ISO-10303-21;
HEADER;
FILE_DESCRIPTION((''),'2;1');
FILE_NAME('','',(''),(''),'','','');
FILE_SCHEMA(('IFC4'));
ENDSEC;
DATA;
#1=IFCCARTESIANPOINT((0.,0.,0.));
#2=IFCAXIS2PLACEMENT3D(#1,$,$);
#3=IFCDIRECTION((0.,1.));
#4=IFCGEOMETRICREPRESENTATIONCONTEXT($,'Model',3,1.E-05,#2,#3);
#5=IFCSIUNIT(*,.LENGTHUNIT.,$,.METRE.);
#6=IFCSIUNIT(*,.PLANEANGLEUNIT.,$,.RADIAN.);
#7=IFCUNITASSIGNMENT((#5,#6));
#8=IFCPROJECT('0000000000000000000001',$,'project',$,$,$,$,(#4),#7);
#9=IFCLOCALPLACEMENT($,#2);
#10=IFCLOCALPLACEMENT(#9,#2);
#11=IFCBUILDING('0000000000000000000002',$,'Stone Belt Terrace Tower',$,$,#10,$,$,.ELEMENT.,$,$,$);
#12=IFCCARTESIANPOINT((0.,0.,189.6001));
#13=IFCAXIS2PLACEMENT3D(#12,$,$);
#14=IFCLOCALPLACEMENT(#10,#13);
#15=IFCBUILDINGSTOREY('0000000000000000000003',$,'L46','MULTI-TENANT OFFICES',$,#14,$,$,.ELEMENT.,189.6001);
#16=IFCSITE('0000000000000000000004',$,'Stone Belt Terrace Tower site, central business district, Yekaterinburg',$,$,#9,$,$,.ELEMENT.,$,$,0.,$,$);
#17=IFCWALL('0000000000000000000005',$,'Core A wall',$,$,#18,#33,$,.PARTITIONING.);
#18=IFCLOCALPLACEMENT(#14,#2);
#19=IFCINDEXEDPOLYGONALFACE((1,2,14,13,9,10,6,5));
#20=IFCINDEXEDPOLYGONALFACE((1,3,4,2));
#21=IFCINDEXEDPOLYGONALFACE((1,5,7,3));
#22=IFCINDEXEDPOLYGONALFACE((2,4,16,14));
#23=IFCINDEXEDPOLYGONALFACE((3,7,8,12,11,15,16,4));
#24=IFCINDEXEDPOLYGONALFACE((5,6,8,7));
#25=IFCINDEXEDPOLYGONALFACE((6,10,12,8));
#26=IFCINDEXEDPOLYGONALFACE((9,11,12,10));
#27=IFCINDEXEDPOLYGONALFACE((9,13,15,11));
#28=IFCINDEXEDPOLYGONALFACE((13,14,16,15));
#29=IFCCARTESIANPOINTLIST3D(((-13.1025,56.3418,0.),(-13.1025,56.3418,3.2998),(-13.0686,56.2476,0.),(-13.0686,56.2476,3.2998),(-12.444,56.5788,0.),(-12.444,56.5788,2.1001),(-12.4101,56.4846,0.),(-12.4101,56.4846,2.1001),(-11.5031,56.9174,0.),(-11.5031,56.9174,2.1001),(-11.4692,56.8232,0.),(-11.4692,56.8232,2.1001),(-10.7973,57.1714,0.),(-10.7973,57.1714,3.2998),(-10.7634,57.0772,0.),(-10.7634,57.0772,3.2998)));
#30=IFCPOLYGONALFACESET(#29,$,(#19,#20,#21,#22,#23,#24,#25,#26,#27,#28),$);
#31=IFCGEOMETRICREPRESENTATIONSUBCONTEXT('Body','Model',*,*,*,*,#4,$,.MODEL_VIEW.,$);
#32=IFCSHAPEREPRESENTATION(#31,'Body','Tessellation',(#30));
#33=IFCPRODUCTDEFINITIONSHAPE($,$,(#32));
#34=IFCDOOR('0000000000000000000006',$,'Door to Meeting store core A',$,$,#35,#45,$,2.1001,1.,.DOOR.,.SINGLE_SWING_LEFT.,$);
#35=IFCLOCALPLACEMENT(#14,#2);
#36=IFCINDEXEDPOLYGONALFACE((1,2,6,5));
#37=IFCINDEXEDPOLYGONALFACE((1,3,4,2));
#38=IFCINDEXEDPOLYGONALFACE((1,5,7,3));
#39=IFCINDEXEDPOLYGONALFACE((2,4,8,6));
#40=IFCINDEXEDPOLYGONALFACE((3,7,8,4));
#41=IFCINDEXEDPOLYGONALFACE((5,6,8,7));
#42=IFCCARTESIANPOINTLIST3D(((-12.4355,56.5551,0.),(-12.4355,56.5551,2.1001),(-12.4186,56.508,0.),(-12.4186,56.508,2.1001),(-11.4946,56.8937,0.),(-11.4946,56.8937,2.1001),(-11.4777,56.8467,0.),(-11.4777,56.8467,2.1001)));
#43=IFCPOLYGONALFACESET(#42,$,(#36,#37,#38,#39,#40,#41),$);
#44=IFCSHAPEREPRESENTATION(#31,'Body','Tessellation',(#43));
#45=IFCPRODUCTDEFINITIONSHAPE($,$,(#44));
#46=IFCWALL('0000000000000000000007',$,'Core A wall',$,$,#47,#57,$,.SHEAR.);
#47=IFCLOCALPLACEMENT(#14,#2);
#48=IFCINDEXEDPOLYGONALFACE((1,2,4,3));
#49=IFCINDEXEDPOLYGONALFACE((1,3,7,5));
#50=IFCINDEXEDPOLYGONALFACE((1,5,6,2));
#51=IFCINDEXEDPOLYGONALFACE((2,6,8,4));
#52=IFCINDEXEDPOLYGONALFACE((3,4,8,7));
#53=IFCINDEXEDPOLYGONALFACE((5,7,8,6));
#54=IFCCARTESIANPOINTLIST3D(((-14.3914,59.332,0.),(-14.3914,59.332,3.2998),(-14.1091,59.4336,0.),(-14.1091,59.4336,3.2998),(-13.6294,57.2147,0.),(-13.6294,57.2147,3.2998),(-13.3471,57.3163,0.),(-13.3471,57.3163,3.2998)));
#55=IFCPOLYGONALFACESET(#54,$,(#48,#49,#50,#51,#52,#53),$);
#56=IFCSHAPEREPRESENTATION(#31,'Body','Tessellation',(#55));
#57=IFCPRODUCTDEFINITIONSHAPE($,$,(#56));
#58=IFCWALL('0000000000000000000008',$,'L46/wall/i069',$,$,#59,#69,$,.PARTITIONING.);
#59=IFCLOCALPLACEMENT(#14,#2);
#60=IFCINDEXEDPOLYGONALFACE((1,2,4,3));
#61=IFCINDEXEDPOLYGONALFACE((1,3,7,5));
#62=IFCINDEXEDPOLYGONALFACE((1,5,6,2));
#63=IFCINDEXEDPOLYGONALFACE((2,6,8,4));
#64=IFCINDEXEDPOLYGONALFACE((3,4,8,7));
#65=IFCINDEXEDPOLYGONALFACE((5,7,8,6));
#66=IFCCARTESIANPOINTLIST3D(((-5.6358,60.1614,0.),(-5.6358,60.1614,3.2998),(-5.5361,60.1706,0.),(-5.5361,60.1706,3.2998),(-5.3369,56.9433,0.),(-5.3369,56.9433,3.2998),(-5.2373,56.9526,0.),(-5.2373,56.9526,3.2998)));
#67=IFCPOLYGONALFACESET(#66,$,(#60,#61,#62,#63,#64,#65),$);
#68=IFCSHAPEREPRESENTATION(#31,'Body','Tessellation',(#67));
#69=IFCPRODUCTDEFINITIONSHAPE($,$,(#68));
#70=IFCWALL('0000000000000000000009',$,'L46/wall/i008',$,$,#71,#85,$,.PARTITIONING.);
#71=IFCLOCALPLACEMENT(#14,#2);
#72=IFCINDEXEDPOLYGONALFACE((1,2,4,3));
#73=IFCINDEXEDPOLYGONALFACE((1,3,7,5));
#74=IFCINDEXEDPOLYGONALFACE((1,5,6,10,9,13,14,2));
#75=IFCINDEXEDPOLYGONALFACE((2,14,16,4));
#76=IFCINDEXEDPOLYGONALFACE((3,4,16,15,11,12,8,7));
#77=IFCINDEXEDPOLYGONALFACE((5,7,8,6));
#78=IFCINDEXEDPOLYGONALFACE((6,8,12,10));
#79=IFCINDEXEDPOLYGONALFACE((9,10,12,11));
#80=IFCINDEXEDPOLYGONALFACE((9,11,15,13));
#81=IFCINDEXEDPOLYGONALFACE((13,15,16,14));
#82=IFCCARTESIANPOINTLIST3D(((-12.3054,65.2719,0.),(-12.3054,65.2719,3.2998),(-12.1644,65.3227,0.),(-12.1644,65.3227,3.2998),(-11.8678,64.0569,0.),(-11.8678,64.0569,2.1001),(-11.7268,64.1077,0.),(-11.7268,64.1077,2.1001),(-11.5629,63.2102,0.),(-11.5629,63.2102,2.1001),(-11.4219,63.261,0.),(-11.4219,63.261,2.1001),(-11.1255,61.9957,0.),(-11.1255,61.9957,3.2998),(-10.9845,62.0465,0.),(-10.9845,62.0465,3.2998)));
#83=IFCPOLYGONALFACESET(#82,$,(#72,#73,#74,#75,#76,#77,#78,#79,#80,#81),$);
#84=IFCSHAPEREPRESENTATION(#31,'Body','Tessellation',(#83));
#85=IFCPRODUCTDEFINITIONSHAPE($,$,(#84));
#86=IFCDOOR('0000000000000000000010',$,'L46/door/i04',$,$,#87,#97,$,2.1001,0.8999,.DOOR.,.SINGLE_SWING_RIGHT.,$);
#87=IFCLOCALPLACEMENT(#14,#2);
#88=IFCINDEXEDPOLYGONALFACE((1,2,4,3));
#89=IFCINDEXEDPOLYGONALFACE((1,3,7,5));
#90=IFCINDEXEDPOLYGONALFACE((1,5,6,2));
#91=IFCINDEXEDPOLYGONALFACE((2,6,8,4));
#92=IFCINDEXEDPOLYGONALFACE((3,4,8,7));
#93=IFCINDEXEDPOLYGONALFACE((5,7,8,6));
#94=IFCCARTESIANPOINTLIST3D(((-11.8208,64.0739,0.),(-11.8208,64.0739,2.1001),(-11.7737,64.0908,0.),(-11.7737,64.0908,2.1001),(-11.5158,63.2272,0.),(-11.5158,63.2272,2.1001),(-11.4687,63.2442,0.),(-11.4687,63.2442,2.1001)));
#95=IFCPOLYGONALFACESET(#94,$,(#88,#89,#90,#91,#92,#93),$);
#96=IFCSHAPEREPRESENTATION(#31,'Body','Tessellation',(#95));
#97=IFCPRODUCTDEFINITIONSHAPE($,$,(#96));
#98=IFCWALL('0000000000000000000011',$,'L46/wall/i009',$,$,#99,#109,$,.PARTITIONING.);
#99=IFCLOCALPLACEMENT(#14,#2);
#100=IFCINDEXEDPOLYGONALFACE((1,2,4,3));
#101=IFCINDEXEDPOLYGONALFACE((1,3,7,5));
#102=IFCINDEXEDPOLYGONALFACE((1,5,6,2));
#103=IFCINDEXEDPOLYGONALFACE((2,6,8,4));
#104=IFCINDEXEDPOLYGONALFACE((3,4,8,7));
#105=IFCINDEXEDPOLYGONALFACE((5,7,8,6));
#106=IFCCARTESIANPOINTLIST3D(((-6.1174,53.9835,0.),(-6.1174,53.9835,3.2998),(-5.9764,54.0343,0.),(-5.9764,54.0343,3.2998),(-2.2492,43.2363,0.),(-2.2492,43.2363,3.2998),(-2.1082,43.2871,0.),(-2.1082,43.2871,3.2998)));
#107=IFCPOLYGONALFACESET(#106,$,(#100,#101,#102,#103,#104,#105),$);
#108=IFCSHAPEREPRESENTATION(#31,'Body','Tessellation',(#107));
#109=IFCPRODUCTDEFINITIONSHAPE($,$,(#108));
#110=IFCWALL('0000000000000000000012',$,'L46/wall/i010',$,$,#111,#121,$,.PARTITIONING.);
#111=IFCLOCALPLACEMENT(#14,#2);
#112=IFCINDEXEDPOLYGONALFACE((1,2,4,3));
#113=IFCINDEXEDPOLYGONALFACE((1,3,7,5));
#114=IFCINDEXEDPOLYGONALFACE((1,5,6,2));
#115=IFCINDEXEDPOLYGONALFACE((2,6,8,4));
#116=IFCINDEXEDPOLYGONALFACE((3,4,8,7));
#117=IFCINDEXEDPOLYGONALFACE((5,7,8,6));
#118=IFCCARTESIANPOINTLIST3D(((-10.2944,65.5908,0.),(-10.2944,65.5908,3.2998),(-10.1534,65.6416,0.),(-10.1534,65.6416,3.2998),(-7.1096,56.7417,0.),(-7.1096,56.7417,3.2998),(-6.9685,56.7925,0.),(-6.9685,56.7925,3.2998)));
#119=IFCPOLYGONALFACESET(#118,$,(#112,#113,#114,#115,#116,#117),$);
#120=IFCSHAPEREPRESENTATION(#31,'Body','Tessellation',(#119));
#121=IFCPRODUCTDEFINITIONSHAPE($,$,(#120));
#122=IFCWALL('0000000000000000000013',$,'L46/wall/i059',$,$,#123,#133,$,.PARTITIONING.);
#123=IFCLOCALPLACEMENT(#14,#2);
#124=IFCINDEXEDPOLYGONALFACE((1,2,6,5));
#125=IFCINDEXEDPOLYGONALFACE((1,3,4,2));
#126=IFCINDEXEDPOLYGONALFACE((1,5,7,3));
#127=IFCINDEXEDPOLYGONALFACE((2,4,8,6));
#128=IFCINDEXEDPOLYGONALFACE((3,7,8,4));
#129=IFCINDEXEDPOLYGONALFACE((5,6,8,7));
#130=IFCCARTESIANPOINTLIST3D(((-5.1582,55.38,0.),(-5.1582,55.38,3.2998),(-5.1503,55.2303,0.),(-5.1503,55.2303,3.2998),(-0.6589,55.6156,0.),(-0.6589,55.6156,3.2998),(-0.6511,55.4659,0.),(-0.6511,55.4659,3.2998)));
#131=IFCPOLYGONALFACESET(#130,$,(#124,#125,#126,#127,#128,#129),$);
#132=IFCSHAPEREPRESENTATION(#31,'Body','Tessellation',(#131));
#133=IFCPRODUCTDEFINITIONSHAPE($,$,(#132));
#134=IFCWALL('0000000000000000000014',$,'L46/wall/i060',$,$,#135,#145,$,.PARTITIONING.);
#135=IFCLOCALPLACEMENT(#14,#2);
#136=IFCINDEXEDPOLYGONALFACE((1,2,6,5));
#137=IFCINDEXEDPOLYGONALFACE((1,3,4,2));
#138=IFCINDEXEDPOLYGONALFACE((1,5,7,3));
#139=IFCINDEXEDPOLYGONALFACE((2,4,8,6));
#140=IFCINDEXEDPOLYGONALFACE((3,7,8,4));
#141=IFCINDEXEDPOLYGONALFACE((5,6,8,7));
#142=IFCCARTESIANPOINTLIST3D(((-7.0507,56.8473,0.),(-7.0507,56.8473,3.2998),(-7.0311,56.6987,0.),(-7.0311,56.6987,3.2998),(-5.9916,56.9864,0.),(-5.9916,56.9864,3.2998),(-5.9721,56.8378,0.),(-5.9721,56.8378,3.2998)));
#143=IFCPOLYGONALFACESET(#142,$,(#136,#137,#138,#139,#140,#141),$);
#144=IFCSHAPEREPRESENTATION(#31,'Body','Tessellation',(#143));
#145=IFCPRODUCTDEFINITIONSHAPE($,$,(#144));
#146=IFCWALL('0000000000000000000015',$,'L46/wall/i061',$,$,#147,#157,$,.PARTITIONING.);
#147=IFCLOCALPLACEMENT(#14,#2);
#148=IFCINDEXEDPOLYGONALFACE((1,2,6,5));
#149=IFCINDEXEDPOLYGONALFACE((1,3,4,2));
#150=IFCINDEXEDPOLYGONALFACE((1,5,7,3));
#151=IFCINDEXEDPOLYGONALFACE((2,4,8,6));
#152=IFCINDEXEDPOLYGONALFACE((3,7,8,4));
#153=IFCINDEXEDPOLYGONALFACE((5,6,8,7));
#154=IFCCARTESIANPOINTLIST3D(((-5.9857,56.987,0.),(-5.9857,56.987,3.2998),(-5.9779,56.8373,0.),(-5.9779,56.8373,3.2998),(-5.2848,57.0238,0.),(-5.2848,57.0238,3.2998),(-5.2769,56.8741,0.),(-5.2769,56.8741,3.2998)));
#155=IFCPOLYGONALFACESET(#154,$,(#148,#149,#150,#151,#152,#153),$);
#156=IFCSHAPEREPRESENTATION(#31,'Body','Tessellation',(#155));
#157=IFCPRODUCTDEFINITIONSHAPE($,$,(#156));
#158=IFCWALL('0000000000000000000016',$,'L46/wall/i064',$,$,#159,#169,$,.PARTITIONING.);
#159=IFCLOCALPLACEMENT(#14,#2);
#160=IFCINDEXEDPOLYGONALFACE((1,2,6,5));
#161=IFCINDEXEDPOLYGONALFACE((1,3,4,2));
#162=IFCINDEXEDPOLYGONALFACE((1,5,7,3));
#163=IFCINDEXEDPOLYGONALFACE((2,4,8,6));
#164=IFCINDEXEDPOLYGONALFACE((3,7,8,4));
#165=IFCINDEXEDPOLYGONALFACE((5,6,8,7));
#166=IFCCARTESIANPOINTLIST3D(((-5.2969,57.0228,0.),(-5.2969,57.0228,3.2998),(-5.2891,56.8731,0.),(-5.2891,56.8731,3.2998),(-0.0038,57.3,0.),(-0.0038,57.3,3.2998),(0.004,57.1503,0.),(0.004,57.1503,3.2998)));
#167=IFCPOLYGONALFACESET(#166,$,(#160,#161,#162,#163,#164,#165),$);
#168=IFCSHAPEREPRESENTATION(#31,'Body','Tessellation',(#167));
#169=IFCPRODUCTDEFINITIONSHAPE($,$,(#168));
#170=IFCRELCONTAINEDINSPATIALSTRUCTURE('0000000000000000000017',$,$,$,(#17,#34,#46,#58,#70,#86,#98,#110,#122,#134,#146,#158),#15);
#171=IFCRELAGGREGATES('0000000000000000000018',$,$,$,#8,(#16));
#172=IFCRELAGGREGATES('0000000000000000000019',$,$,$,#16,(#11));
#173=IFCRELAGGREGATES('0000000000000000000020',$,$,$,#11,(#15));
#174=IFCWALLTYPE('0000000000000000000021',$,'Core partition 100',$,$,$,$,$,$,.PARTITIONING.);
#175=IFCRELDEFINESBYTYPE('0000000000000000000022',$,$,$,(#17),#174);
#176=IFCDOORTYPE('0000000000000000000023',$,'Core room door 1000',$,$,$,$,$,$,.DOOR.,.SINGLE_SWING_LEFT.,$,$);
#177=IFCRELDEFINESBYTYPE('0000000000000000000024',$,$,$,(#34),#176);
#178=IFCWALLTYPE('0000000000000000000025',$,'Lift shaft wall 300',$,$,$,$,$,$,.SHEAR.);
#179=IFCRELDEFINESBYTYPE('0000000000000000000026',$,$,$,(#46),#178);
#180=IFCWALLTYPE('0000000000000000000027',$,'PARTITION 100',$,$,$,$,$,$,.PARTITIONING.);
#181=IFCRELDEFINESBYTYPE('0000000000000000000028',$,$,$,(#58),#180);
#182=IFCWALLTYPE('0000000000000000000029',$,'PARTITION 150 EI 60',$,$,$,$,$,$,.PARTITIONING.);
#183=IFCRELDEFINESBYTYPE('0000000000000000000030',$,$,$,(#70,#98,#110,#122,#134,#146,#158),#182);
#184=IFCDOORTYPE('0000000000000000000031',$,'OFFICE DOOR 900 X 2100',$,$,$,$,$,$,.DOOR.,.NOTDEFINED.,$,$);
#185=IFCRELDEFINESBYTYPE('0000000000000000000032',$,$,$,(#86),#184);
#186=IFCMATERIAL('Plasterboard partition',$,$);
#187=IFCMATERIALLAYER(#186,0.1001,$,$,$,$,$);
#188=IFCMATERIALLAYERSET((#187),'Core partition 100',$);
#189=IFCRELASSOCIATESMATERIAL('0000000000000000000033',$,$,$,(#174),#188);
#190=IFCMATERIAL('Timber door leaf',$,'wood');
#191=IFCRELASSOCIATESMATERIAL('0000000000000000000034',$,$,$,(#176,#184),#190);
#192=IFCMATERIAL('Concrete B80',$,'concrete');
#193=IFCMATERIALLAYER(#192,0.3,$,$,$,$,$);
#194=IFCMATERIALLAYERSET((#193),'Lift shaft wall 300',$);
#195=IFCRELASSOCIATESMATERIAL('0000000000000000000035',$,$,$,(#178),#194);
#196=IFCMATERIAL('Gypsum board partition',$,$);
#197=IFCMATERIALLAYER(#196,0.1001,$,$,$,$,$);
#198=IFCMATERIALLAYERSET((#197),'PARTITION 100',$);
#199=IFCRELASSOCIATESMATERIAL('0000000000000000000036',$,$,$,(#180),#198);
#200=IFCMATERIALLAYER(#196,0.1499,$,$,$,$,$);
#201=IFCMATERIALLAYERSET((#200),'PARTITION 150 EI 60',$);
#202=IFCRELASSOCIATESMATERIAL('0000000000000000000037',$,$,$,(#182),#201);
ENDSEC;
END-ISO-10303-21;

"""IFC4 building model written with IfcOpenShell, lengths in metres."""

from ifc_helpers import new_model, si_unit, direction, frame, frame_2d, origin, place, context, subcontext, project, spatial, rectangle, extrude, material, layer, layer_set, type_object, element, fill, save


model = new_model("IFC4")

# Units and contexts
model_context = context("Model", 3, precision=1e-05, world=origin(), true_north=direction((0.0, 1.0)))
body_context = subcontext(model_context, "Body", "Model", "MODEL_VIEW")
ifc_project = project(units=[si_unit("LENGTHUNIT", "METRE"), si_unit("PLANEANGLEUNIT", "RADIAN")], contexts=[model_context])

# Site, building, storey
site_placement = place(None, origin())
site = spatial("IfcSite", under=ifc_project, at=site_placement, Name="Stone Belt Terrace Tower site, central business district, Yekaterinburg", CompositionType="ELEMENT", RefElevation=0.0)
building_placement = place(site_placement, origin())
building = spatial("IfcBuilding", under=site, at=building_placement, Name="Stone Belt Terrace Tower", CompositionType="ELEMENT")
storey_placement = place(building_placement, frame((0.0, 0.0, 189.6001)))
storey = spatial("IfcBuildingStorey", under=building, at=storey_placement, Name="L46", Description="MULTI-TENANT OFFICES", CompositionType="ELEMENT", Elevation=189.6001)

# Shared definitions
ifc_material_1 = material(Name="Concrete B80", Category="concrete")

# Shared definitions
ifc_material_2 = material(Name="Plasterboard partition")
ifc_layer_1 = layer(ifc_material_2, 0.1001)
ifc_layer_set_1 = layer_set([ifc_layer_1], Name="Core partition 100")
wall_type_1 = type_object("IfcWallType", Name="Core partition 100", PredefinedType="PARTITIONING", material=ifc_layer_set_1)

# Wall, opening, door
wall_1_placement = place(storey_placement, frame((-13.0857, 56.2947, 0.0), z_axis=(0.0, 0.0, 1.0), x_axis=(0.940923, 0.338621, 0.0)))
wall_1 = element("IfcWall", 1, at=wall_1_placement, inside=storey, type_object=wall_type_1, Name="Core A wall", PredefinedType="PARTITIONING", context=body_context, shape_type="SweptSolid", body=[
    extrude(rectangle(XDim=2.45, YDim=0.1001, at=frame_2d((1.2251, 0.0))), origin(), (0.0, 0.0, 1.0), 3.2998),
])
opening_1_placement = place(wall_1_placement, frame((0.7, 0.0, 0.0)))
opening_1 = element("IfcOpeningElement", 2, at=opening_1_placement, cuts=wall_1, PredefinedType="OPENING", context=body_context, shape_type="SweptSolid", body=[
    extrude(rectangle(XDim=1.0, YDim=2.1001, at=frame_2d((0.5, 1.05))), frame((0.0, 0.0601, 0.0), z_axis=(0.0, -1.0, 0.0), x_axis=(1.0, 0.0, 0.0)), (0.0, 0.0, 1.0), 0.1201),
])
ifc_material_3 = material(Name="Timber door leaf", Category="wood")
door_type_1 = type_object("IfcDoorType", Name="Core room door 1000", OperationType="SINGLE_SWING_LEFT", PredefinedType="DOOR", material=ifc_material_3)
door_1_placement = place(opening_1_placement, origin())
door_1 = element("IfcDoor", 3, at=door_1_placement, inside=storey, type_object=door_type_1, Name="Door to Meeting store core A", OperationType="SINGLE_SWING_LEFT", OverallHeight=2.1001, OverallWidth=1.0, PredefinedType="DOOR", context=body_context, shape_type="SweptSolid", body=[
    extrude(rectangle(XDim=1.0, YDim=2.1001, at=frame_2d((0.5, 1.05))), frame((0.0, 0.0249, 0.0), z_axis=(0.0, -1.0, 0.0), x_axis=(1.0, 0.0, 0.0)), (0.0, 0.0, 1.0), 0.05),
])
fill(opening_1, door_1)

# Walls
ifc_layer_2 = layer(ifc_material_1, 0.3)
ifc_layer_set_2 = layer_set([ifc_layer_2], Name="Lift shaft wall 300")
wall_type_2 = type_object("IfcWallType", Name="Lift shaft wall 300", PredefinedType="SHEAR", material=ifc_layer_set_2)
wall_2_placement = place(storey_placement, frame((-13.4883, 57.2656, 0.0), z_axis=(0.0, 0.0, 1.0), x_axis=(-0.338631, 0.940919, 0.0)))
element("IfcWall", 4, at=wall_2_placement, inside=storey, type_object=wall_type_2, Name="Core A wall", PredefinedType="SHEAR", context=body_context, shape_type="SweptSolid", body=[
    extrude(rectangle(XDim=2.2502, YDim=0.3, at=frame_2d((1.125, 0.0))), origin(), (0.0, 0.0, 1.0), 3.2998),
])
ifc_material_4 = material(Name="Gypsum board partition")
ifc_layer_3 = layer(ifc_material_4, 0.1001)
ifc_layer_set_3 = layer_set([ifc_layer_3], Name="PARTITION 100")
wall_type_3 = type_object("IfcWallType", Name="PARTITION 100", PredefinedType="PARTITIONING", material=ifc_layer_set_3)
wall_3_placement = place(storey_placement, frame((-5.5859, 60.166, 0.0), z_axis=(0.0, 0.0, 1.0), x_axis=(0.092463, -0.995716, 0.0)))
element("IfcWall", 5, at=wall_3_placement, inside=storey, type_object=wall_type_3, Name="L46/wall/i069", PredefinedType="PARTITIONING", context=body_context, shape_type="SweptSolid", body=[
    extrude(rectangle(XDim=3.2319, YDim=0.1001, at=frame_2d((1.616, 0.0))), origin(), (0.0, 0.0, 1.0), 3.2998),
])

# Wall, opening, door
ifc_layer_4 = layer(ifc_material_4, 0.1499)
ifc_layer_set_4 = layer_set([ifc_layer_4], Name="PARTITION 150 EI 60")
wall_type_4 = type_object("IfcWallType", Name="PARTITION 150 EI 60", PredefinedType="PARTITIONING", material=ifc_layer_set_4)
wall_4_placement = place(storey_placement, frame((-11.0549, 62.021, 0.0), z_axis=(0.0, 0.0, 1.0), x_axis=(-0.338854, 0.940839, 0.0)))
wall_4 = element("IfcWall", 6, at=wall_4_placement, inside=storey, type_object=wall_type_4, Name="L46/wall/i008", PredefinedType="PARTITIONING", context=body_context, shape_type="SweptSolid", body=[
    extrude(rectangle(XDim=3.4822, YDim=0.1499, at=frame_2d((1.7412, 0.0))), origin(), (0.0, 0.0, 1.0), 3.2998),
])
opening_2_placement = place(wall_4_placement, frame((1.291, 0.0, 0.0)))
opening_2 = element("IfcOpeningElement", 7, at=opening_2_placement, cuts=wall_4, PredefinedType="OPENING", context=body_context, shape_type="SweptSolid", body=[
    extrude(rectangle(XDim=0.8999, YDim=2.1001, at=frame_2d((0.45, 1.05))), frame((0.0, 0.085, 0.0), z_axis=(0.0, -1.0, 0.0), x_axis=(1.0, 0.0, 0.0)), (0.0, 0.0, 1.0), 0.1699),
])
door_type_2 = type_object("IfcDoorType", Name="OFFICE DOOR 900 X 2100", OperationType="NOTDEFINED", PredefinedType="DOOR", material=ifc_material_3)
door_2_placement = place(opening_2_placement, origin())
door_2 = element("IfcDoor", 8, at=door_2_placement, inside=storey, type_object=door_type_2, Name="L46/door/i04", OperationType="SINGLE_SWING_RIGHT", OverallHeight=2.1001, OverallWidth=0.8999, PredefinedType="DOOR", context=body_context, shape_type="SweptSolid", body=[
    extrude(rectangle(XDim=0.8999, YDim=2.1001, at=frame_2d((0.45, 1.05))), frame((0.0, 0.0249, 0.0), z_axis=(0.0, -1.0, 0.0), x_axis=(1.0, 0.0, 0.0)), (0.0, 0.0, 1.0), 0.05),
])
fill(opening_2, door_2)

# Walls
wall_5_placement = place(storey_placement, frame((-6.0469, 54.0088, 0.0), z_axis=(0.0, 0.0, 1.0), x_axis=(0.338659, -0.940909, 0.0)))
element("IfcWall", 9, at=wall_5_placement, inside=storey, type_object=wall_type_4, Name="L46/wall/i009", PredefinedType="PARTITIONING", context=body_context, shape_type="SweptSolid", body=[
    extrude(rectangle(XDim=11.4221, YDim=0.1499, at=frame_2d((5.7109, 0.0))), origin(), (0.0, 0.0, 1.0), 3.2998),
])
wall_6_placement = place(storey_placement, frame((-10.2239, 65.6162, 0.0), z_axis=(0.0, 0.0, 1.0), x_axis=(0.338638, -0.940917, 0.0)))
element("IfcWall", 10, at=wall_6_placement, inside=storey, type_object=wall_type_4, Name="L46/wall/i010", PredefinedType="PARTITIONING", context=body_context, shape_type="SweptSolid", body=[
    extrude(rectangle(XDim=9.4048, YDim=0.1499, at=frame_2d((4.7024, 0.0))), origin(), (0.0, 0.0, 1.0), 3.2998),
])
wall_7_placement = place(storey_placement, frame((-0.655, 55.5408, 0.0), z_axis=(0.0, 0.0, 1.0), x_axis=(-0.998632, -0.052291, 0.0)))
element("IfcWall", 11, at=wall_7_placement, inside=storey, type_object=wall_type_4, Name="L46/wall/i059", PredefinedType="PARTITIONING", context=body_context, shape_type="SweptSolid", body=[
    extrude(rectangle(XDim=4.5054, YDim=0.1499, at=frame_2d((2.2527, 0.0))), origin(), (0.0, 0.0, 1.0), 3.2998),
])
wall_8_placement = place(storey_placement, frame((-7.041, 56.7729, 0.0), z_axis=(0.0, 0.0, 1.0), x_axis=(0.991478, 0.130277, 0.0)))
element("IfcWall", 12, at=wall_8_placement, inside=storey, type_object=wall_type_4, Name="L46/wall/i060", PredefinedType="PARTITIONING", context=body_context, shape_type="SweptSolid", body=[
    extrude(rectangle(XDim=1.0681, YDim=0.1499, at=frame_2d((0.5342, 0.0))), origin(), (0.0, 0.0, 1.0), 3.2998),
])
wall_9_placement = place(storey_placement, frame((-5.9819, 56.9121, 0.0), z_axis=(0.0, 0.0, 1.0), x_axis=(0.99862, 0.052522, 0.0)))
element("IfcWall", 13, at=wall_9_placement, inside=storey, type_object=wall_type_4, Name="L46/wall/i061", PredefinedType="PARTITIONING", context=body_context, shape_type="SweptSolid", body=[
    extrude(rectangle(XDim=0.7019, YDim=0.1499, at=frame_2d((0.3511, 0.0))), origin(), (0.0, 0.0, 1.0), 3.2998),
])
wall_10_placement = place(storey_placement, frame((-5.293, 56.948, 0.0), z_axis=(0.0, 0.0, 1.0), x_axis=(0.998632, 0.052281, 0.0)))
element("IfcWall", 14, at=wall_10_placement, inside=storey, type_object=wall_type_4, Name="L46/wall/i064", PredefinedType="PARTITIONING", context=body_context, shape_type="SweptSolid", body=[
    extrude(rectangle(XDim=5.3003, YDim=0.1499, at=frame_2d((2.6501, 0.0))), origin(), (0.0, 0.0, 1.0), 3.2998),
])

save(model, "model.ifc")
